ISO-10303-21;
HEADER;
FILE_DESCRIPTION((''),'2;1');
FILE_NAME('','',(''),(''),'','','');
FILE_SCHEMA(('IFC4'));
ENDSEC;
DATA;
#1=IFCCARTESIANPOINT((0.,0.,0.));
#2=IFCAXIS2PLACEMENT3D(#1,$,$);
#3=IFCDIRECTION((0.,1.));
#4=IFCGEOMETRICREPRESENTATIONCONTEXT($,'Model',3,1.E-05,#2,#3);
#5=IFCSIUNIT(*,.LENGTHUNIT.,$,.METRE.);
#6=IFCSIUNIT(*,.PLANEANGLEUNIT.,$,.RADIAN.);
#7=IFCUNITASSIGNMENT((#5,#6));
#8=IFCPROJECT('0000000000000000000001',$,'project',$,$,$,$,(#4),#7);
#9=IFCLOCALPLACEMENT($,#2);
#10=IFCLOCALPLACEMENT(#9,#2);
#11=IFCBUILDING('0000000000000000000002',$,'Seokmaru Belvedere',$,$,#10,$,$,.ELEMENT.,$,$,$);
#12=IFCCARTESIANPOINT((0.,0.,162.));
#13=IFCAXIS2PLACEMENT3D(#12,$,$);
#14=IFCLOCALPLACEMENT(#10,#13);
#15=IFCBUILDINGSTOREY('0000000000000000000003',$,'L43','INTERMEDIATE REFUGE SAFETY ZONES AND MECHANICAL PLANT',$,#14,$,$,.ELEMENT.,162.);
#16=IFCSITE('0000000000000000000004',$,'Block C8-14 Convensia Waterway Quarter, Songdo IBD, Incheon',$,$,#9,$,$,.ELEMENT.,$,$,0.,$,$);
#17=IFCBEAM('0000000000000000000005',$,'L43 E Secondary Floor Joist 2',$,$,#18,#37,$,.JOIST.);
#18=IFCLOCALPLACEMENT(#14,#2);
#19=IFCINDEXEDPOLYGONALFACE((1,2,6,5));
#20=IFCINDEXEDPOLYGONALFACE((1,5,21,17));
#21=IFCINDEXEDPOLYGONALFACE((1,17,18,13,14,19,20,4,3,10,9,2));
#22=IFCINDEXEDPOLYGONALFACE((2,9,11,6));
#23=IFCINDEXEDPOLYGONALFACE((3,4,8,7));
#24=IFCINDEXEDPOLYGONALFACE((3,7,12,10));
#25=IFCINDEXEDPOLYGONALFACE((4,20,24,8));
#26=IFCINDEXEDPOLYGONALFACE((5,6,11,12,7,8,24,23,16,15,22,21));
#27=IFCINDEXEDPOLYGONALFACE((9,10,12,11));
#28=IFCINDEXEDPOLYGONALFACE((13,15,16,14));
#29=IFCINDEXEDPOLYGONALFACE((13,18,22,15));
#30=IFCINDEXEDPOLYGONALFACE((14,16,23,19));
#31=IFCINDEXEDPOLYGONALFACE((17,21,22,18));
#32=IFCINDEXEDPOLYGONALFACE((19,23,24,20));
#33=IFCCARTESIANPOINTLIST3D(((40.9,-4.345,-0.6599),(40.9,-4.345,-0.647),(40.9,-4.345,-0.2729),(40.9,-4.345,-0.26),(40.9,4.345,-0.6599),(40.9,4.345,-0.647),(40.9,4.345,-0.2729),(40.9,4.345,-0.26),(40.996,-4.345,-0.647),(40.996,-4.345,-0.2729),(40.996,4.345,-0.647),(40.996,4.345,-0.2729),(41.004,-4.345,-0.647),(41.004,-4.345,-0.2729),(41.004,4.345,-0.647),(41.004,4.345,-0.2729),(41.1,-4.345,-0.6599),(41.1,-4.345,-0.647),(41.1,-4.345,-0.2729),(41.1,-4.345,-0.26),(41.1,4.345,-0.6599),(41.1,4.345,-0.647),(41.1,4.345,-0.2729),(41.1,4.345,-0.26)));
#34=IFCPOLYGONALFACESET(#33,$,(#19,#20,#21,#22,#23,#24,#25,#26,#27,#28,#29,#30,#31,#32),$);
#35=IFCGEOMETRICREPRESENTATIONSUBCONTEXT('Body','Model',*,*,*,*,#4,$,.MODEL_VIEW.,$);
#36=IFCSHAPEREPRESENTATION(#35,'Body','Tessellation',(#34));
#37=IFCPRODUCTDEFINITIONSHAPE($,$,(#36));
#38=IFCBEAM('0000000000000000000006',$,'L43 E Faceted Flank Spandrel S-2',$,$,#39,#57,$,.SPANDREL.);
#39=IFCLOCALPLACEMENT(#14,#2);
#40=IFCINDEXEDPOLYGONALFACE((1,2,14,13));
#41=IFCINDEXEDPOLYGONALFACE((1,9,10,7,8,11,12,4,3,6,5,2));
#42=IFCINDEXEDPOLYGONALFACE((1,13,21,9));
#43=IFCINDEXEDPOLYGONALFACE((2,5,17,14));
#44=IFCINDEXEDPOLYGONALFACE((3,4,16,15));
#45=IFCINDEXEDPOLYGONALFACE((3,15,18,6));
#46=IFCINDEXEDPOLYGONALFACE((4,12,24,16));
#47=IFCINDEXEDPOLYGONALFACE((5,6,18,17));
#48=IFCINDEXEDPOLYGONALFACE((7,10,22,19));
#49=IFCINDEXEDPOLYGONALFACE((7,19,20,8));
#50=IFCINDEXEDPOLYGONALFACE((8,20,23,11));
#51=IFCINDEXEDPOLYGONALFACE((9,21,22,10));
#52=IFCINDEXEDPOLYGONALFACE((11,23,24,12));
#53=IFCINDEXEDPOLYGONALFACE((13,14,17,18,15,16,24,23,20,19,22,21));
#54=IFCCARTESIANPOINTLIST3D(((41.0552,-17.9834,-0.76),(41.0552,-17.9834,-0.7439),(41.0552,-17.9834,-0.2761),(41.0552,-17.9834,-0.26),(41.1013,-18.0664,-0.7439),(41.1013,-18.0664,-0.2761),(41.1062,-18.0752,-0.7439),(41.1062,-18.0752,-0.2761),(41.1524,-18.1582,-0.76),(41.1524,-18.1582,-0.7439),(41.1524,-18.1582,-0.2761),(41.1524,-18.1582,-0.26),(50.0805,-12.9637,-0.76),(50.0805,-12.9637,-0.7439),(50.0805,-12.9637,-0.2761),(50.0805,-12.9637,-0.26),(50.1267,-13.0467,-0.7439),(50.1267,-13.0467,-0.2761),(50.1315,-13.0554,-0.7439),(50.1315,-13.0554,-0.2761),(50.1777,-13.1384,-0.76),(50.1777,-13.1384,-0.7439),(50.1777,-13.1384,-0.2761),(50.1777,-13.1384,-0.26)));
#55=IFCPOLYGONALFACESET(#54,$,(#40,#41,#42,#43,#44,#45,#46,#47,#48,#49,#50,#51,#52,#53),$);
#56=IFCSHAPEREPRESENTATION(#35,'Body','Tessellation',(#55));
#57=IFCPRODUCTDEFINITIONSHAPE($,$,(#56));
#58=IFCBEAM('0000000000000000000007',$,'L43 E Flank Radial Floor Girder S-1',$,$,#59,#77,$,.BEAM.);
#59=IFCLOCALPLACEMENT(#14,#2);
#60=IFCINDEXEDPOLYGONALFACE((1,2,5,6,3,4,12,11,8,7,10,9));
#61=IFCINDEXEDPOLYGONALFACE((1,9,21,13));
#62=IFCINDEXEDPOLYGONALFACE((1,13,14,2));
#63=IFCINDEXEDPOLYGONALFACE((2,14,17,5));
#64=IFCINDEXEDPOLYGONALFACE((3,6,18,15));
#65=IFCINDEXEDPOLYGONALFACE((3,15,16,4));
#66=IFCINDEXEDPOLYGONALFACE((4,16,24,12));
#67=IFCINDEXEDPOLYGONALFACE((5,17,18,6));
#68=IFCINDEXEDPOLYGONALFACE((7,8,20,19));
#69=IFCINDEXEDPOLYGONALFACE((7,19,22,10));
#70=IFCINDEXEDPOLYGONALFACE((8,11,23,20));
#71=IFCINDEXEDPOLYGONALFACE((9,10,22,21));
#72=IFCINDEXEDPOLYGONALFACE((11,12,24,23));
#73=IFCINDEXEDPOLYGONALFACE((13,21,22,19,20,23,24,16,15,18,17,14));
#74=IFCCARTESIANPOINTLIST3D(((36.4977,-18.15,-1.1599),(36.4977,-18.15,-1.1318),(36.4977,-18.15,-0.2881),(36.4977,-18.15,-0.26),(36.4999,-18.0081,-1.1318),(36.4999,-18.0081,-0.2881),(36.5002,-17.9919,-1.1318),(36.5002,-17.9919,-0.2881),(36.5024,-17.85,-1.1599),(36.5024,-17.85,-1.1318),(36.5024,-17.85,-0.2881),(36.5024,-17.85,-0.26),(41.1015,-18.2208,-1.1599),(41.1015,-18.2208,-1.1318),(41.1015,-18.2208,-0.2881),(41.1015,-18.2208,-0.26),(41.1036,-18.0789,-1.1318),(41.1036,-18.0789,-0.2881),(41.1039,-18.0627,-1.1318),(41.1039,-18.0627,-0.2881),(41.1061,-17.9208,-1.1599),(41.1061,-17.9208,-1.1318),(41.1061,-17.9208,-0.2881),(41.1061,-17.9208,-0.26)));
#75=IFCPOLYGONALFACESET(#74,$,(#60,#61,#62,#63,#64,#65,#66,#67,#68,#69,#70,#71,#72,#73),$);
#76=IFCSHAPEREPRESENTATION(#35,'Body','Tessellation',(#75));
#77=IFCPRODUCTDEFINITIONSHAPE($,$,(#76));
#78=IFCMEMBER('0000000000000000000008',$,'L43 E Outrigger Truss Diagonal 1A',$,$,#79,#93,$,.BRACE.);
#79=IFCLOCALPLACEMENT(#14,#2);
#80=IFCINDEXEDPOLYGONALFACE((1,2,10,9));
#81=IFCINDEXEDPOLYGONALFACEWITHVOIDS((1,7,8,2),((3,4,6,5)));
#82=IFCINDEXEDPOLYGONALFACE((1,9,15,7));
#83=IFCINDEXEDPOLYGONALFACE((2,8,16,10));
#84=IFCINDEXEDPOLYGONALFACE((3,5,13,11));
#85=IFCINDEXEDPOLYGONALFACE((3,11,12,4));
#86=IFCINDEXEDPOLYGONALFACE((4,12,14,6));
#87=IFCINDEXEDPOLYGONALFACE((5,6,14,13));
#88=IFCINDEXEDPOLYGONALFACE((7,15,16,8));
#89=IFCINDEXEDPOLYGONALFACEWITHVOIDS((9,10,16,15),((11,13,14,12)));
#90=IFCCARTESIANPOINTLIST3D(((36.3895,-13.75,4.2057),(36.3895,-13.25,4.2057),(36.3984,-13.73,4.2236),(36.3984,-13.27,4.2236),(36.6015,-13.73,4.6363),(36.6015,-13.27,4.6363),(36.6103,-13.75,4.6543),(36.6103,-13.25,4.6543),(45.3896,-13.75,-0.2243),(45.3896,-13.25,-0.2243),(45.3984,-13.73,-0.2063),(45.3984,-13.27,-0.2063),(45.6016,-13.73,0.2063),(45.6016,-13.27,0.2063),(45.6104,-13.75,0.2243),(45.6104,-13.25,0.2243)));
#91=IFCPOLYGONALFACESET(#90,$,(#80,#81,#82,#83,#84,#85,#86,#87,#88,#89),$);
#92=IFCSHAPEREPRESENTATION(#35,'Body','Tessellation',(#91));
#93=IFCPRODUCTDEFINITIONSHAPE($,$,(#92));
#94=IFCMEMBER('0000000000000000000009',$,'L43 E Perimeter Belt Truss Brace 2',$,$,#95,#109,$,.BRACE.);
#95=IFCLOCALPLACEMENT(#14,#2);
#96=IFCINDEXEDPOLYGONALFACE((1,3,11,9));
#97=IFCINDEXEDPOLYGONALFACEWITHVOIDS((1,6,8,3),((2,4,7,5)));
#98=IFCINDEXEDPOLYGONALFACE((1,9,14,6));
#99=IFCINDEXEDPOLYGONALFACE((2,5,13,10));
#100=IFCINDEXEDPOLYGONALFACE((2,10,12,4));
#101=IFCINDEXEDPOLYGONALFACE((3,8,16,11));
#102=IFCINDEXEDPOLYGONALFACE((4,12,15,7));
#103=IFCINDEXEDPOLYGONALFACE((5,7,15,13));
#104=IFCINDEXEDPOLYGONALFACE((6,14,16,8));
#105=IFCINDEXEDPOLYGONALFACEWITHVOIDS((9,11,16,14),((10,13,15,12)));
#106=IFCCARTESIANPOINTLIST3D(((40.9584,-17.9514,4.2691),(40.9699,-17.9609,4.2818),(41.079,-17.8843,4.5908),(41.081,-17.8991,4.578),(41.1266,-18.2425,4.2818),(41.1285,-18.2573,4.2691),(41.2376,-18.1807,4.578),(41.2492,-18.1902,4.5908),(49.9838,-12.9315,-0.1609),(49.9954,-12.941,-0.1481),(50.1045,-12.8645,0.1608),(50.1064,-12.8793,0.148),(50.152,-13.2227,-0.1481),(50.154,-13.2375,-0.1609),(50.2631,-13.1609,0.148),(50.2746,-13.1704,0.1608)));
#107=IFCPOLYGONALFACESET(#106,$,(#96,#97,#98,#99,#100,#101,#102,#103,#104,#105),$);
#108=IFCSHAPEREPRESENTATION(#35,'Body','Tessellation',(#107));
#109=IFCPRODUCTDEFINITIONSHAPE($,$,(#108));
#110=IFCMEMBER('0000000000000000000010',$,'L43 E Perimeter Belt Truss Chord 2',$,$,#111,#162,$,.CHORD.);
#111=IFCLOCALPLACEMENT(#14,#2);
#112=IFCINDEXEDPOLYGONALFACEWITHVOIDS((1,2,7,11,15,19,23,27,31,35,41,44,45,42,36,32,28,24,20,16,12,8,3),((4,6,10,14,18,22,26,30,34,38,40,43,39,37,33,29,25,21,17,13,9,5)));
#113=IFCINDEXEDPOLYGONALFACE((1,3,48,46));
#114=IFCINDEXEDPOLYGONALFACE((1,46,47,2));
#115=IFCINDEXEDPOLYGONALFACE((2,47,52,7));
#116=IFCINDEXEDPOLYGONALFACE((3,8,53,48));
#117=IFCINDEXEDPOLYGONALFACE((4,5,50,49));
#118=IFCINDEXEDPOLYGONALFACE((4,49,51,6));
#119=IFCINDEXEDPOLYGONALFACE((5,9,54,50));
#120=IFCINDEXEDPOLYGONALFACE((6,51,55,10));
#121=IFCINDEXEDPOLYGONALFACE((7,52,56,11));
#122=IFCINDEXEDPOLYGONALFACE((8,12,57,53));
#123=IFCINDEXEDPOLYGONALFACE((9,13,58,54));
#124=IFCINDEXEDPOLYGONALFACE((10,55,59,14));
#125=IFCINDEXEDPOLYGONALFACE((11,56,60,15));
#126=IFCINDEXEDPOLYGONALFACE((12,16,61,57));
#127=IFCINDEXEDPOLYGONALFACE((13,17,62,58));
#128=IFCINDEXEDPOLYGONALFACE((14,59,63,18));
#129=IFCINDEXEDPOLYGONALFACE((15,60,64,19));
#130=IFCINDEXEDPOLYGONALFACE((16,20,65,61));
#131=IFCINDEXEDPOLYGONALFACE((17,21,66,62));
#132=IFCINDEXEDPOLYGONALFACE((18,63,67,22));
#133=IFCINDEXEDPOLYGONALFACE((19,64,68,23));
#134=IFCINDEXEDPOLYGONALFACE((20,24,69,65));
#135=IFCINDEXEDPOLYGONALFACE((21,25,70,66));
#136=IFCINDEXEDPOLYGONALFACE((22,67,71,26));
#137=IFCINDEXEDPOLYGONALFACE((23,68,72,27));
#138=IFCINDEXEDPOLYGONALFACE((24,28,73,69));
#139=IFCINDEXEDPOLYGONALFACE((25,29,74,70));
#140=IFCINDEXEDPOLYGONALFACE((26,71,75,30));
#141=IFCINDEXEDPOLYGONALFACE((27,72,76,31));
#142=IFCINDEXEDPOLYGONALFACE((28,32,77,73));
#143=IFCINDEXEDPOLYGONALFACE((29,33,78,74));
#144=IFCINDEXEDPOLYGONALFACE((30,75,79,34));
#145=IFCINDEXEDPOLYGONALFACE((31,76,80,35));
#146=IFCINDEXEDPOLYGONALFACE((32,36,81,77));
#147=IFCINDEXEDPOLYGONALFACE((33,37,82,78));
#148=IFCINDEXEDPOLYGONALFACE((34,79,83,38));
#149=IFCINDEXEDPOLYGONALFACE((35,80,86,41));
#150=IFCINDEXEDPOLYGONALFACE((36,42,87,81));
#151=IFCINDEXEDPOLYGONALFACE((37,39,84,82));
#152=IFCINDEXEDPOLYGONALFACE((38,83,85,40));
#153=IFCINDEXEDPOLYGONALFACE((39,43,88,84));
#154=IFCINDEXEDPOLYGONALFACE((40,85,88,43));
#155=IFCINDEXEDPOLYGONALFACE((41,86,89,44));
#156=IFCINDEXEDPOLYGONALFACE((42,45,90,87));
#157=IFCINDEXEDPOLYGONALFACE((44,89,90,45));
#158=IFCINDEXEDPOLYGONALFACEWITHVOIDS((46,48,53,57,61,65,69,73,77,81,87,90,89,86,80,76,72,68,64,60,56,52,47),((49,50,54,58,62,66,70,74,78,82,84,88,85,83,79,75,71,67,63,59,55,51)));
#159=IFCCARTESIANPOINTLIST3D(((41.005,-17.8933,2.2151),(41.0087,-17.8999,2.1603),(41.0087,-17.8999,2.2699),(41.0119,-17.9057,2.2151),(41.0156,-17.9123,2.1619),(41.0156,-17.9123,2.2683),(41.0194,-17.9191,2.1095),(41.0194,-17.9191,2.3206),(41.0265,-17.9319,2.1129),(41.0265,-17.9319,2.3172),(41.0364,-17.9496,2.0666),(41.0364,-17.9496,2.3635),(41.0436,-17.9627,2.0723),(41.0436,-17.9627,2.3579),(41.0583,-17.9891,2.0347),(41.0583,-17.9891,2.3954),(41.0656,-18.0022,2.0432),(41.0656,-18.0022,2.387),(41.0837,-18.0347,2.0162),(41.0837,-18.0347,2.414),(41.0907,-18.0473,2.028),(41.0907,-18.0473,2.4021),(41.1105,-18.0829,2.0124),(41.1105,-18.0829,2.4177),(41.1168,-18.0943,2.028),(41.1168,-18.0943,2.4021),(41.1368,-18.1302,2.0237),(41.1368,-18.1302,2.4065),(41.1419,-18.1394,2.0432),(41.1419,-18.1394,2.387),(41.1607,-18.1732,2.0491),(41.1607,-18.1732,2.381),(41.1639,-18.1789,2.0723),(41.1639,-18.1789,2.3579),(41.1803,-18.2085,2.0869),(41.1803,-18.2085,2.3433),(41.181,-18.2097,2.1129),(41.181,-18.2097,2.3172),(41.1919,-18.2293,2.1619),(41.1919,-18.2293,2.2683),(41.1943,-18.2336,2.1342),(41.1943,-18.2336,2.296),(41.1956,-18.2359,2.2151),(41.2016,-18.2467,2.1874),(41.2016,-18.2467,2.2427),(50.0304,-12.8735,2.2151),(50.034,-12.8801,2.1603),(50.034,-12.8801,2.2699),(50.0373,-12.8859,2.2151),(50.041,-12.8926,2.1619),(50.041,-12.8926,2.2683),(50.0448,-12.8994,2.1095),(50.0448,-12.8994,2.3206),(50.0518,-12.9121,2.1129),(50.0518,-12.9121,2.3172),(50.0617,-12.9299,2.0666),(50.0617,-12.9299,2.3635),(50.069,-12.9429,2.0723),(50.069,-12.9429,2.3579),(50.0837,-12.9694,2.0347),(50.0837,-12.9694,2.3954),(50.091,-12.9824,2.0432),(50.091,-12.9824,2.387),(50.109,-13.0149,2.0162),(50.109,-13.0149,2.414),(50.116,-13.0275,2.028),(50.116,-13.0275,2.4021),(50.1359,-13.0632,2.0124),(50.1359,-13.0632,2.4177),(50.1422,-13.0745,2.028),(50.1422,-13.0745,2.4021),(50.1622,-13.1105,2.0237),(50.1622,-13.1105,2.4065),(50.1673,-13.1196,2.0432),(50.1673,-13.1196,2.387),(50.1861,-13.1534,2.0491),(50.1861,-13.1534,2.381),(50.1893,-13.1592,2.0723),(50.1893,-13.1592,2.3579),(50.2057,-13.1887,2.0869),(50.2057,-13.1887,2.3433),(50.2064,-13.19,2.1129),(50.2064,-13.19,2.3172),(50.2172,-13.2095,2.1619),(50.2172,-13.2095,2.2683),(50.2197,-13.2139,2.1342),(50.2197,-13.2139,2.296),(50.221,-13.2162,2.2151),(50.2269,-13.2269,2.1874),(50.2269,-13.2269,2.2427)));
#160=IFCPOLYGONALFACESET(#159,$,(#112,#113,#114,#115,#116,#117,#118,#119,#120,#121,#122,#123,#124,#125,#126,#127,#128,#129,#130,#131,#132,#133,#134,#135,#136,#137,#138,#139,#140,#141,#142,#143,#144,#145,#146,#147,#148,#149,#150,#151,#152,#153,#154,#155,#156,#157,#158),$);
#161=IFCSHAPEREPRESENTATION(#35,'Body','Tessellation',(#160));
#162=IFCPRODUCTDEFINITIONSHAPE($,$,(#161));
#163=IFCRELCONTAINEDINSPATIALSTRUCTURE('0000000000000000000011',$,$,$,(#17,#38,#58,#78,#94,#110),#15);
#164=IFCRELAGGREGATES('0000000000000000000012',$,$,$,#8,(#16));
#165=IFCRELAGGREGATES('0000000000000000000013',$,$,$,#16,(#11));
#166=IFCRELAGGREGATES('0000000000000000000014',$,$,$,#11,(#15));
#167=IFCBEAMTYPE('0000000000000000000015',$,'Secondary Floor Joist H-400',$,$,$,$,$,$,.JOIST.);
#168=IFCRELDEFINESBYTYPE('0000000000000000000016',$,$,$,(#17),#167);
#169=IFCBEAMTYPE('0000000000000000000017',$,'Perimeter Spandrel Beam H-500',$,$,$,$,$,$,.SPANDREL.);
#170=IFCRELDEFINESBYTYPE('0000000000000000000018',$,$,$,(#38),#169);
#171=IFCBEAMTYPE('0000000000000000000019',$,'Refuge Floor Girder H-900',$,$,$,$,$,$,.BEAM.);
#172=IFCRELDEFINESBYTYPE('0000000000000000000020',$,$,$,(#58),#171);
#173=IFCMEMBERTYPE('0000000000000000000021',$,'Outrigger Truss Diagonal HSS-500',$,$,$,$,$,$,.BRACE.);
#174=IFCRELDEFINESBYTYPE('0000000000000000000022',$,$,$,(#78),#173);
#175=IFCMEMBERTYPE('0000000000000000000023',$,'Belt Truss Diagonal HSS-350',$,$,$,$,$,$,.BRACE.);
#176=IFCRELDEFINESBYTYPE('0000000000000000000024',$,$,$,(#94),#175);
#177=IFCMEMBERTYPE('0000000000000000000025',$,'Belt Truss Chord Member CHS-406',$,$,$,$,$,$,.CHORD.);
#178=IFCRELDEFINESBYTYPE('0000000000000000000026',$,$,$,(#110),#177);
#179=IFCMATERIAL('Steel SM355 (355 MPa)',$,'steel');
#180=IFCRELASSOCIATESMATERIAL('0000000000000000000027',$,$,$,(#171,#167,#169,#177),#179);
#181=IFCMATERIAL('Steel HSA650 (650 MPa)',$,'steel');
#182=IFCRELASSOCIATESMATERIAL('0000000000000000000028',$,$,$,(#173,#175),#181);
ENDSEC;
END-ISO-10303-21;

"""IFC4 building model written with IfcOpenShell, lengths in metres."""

from ifc_helpers import new_model, si_unit, direction, frame, origin, origin_2d, place, context, subcontext, project, spatial, hollow_rectangle, hollow_circle, i_section, extrude, source, transform, mapped, material, material_profile, profile_set, type_object, type_shapes, element, save


model = new_model("IFC4")

# Units and contexts
model_context = context("Model", 3, precision=1e-05, world=origin(), true_north=direction((0.0, 1.0)))
body_context = subcontext(model_context, "Body", "Model", "MODEL_VIEW")
ifc_project = project(units=[si_unit("LENGTHUNIT", "METRE"), si_unit("PLANEANGLEUNIT", "RADIAN")], contexts=[model_context])

# Site, building, storey
site_placement = place(None, origin())
site = spatial("IfcSite", under=ifc_project, at=site_placement, Name="Block C8-14 Convensia Waterway Quarter, Songdo IBD, Incheon", CompositionType="ELEMENT", RefElevation=0.0)
building_placement = place(site_placement, origin())
building = spatial("IfcBuilding", under=site, at=building_placement, Name="Seokmaru Belvedere", CompositionType="ELEMENT")
storey_placement = place(building_placement, frame((0.0, 0.0, 162.0)))
storey = spatial("IfcBuildingStorey", under=building, at=storey_placement, Name="L43", Description="INTERMEDIATE REFUGE SAFETY ZONES AND MECHANICAL PLANT", CompositionType="ELEMENT", Elevation=162.0)

# Shared definitions
ifc_material_1 = material(Name="Steel SM355 (355 MPa)", Category="steel")

# Beams
ifc_material_profile_1 = material_profile(ifc_material_1, i_section(OverallWidth=0.3, OverallDepth=0.8999, WebThickness=0.0161, FlangeThickness=0.0281, at=origin_2d()), Name="H-900x300x16x28")
ifc_profile_set_1 = profile_set([ifc_material_profile_1], Name="Steel SM355 (355 MPa)")
beam_type_1 = type_object("IfcBeamType", Name="Refuge Floor Girder H-900", PredefinedType="BEAM", material=ifc_profile_set_1)
ifc_material_profile_2 = material_profile(ifc_material_1, i_section(OverallWidth=0.2, OverallDepth=0.3999, WebThickness=0.0081, FlangeThickness=0.0129, at=origin_2d()), Name="H-400x200x8x13")
ifc_profile_set_2 = profile_set([ifc_material_profile_2], Name="Steel SM355 (355 MPa)")
beam_type_2 = type_object("IfcBeamType", Name="Secondary Floor Joist H-400", PredefinedType="JOIST", material=ifc_profile_set_2)
shared_shape_1 = source(origin(), body_context, "Body", "SweptSolid", [
    extrude(i_section(OverallWidth=0.2, OverallDepth=0.3999, WebThickness=0.0081, FlangeThickness=0.0129, at=origin_2d()), origin(), (0.0, 0.0, 1.0), 8.6899),
])
type_shapes(beam_type_2, [shared_shape_1])
for number, where, z_axis, x_axis, name in (
    (1, (41.0, -4.345, -0.46), (0.0, 1.0, 0.0), (-1.0, 0.0, 0.0), "L43 E Secondary Floor Joist 2"),
):
    element("IfcBeam", number, at=place(storey_placement, frame(where, z_axis=z_axis, x_axis=x_axis)), inside=storey, type_object=beam_type_2, Name=name, PredefinedType="JOIST", context=body_context, shape_type="MappedRepresentation", body=[
        mapped(shared_shape_1, transform((0.0, 0.0, 0.0), scale=1.0)),
    ])
ifc_material_profile_3 = material_profile(ifc_material_1, i_section(OverallWidth=0.2, OverallDepth=0.5, WebThickness=0.01, FlangeThickness=0.0161, at=origin_2d()), Name="H-500x200x10x16")
ifc_profile_set_3 = profile_set([ifc_material_profile_3], Name="Steel SM355 (355 MPa)")
beam_type_3 = type_object("IfcBeamType", Name="Perimeter Spandrel Beam H-500", PredefinedType="SPANDREL", material=ifc_profile_set_3)
shared_shape_2 = source(origin(), body_context, "Body", "SweptSolid", [
    extrude(i_section(OverallWidth=0.2, OverallDepth=0.5, WebThickness=0.01, FlangeThickness=0.0161, at=origin_2d()), origin(), (0.0, 0.0, 1.0), 10.3274),
])
type_shapes(beam_type_3, [shared_shape_2])
beam_1_placement = place(storey_placement, frame((41.1038, -18.0708, -0.51), z_axis=(0.873924, 0.486062, 0.0), x_axis=(-0.486062, 0.873924, 0.0)))
element("IfcBeam", 2, at=beam_1_placement, inside=storey, type_object=beam_type_3, Name="L43 E Faceted Flank Spandrel S-2", PredefinedType="SPANDREL", context=body_context, shape_type="MappedRepresentation", body=[
    mapped(shared_shape_2, transform((0.0, 0.0, 0.0), scale=1.0)),
])
shared_shape_3 = source(origin(), body_context, "Body", "SweptSolid", [
    extrude(i_section(OverallWidth=0.3, OverallDepth=0.8999, WebThickness=0.0161, FlangeThickness=0.0281, at=origin_2d()), origin(), (0.0, 0.0, 1.0), 4.6042),
])
beam_2_placement = place(storey_placement, frame((41.1038, -18.0708, -0.71), z_axis=(-0.999882, 0.015377, 0.0), x_axis=(-0.015377, -0.999882, 0.0)))
element("IfcBeam", 3, at=beam_2_placement, inside=storey, type_object=beam_type_1, Name="L43 E Flank Radial Floor Girder S-1", PredefinedType="BEAM", context=body_context, shape_type="MappedRepresentation", body=[
    mapped(shared_shape_3, transform((0.0, 0.0, 0.0), scale=1.0)),
])

# Members
ifc_material_2 = material(Name="Steel HSA650 (650 MPa)", Category="steel")
ifc_material_profile_4 = material_profile(ifc_material_2, hollow_rectangle(XDim=0.5, YDim=0.5, WallThickness=0.02, at=origin_2d()), Name="HSS-500x500x20")
ifc_profile_set_4 = profile_set([ifc_material_profile_4], Name="Steel HSA650 (650 MPa)")
member_type_1 = type_object("IfcMemberType", Name="Outrigger Truss Diagonal HSS-500", PredefinedType="BRACE", material=ifc_profile_set_4)
shared_shape_4 = source(origin(), body_context, "Body", "SweptSolid", [
    extrude(hollow_rectangle(XDim=0.5, YDim=0.5, WallThickness=0.02, at=origin_2d()), origin(), (0.0, 0.0, 1.0), 10.0312),
])
type_shapes(member_type_1, [shared_shape_4])
member_1_placement = place(storey_placement, frame((45.5, -13.5, 0.0), z_axis=(-0.897204, 0.0, 0.441617), x_axis=(0.0, -1.0, 0.0)))
element("IfcMember", 4, at=member_1_placement, inside=storey, type_object=member_type_1, Name="L43 E Outrigger Truss Diagonal 1A", PredefinedType="BRACE", context=body_context, shape_type="MappedRepresentation", body=[
    mapped(shared_shape_4, transform((0.0, 0.0, 0.0), scale=1.0)),
])
ifc_material_profile_5 = material_profile(ifc_material_2, hollow_rectangle(XDim=0.3501, YDim=0.3501, WallThickness=0.0139, at=origin_2d()), Name="HSS-350x350x14")
ifc_profile_set_5 = profile_set([ifc_material_profile_5], Name="Steel HSA650 (650 MPa)")
member_type_2 = type_object("IfcMemberType", Name="Belt Truss Diagonal HSS-350", PredefinedType="BRACE", material=ifc_profile_set_5)
shared_shape_5 = source(origin(), body_context, "Body", "SweptSolid", [
    extrude(hollow_rectangle(XDim=0.3501, YDim=0.3501, WallThickness=0.0139, at=origin_2d()), origin(), (0.0, 0.0, 1.0), 11.2375),
])
type_shapes(member_type_2, [shared_shape_5])
member_2_placement = place(storey_placement, frame((41.1038, -18.0708, 4.4299), z_axis=(0.803153, 0.446701, -0.394212), x_axis=(-0.486062, 0.873924, 0.0)))
element("IfcMember", 5, at=member_2_placement, inside=storey, type_object=member_type_2, Name="L43 E Perimeter Belt Truss Brace 2", PredefinedType="BRACE", context=body_context, shape_type="MappedRepresentation", body=[
    mapped(shared_shape_5, transform((0.0, 0.0, 0.0), scale=1.0)),
])
ifc_material_profile_6 = material_profile(ifc_material_1, hollow_circle(Radius=0.2031, WallThickness=0.0142, at=origin_2d()), Name="CHS-406.4x14.2")
ifc_profile_set_6 = profile_set([ifc_material_profile_6], Name="Steel SM355 (355 MPa)")
member_type_3 = type_object("IfcMemberType", Name="Belt Truss Chord Member CHS-406", PredefinedType="CHORD", material=ifc_profile_set_6)
shared_shape_6 = source(origin(), body_context, "Body", "SweptSolid", [
    extrude(hollow_circle(Radius=0.2031, WallThickness=0.0142, at=origin_2d()), origin(), (0.0, 0.0, 1.0), 10.3274),
])
type_shapes(member_type_3, [shared_shape_6])
member_3_placement = place(storey_placement, frame((41.1038, -18.0708, 2.2151), z_axis=(0.873924, 0.486062, 0.0), x_axis=(-0.486062, 0.873924, 0.0)))
element("IfcMember", 6, at=member_3_placement, inside=storey, type_object=member_type_3, Name="L43 E Perimeter Belt Truss Chord 2", PredefinedType="CHORD", context=body_context, shape_type="MappedRepresentation", body=[
    mapped(shared_shape_6, transform((0.0, 0.0, 0.0), scale=1.0)),
])

save(model, "model.ifc")
